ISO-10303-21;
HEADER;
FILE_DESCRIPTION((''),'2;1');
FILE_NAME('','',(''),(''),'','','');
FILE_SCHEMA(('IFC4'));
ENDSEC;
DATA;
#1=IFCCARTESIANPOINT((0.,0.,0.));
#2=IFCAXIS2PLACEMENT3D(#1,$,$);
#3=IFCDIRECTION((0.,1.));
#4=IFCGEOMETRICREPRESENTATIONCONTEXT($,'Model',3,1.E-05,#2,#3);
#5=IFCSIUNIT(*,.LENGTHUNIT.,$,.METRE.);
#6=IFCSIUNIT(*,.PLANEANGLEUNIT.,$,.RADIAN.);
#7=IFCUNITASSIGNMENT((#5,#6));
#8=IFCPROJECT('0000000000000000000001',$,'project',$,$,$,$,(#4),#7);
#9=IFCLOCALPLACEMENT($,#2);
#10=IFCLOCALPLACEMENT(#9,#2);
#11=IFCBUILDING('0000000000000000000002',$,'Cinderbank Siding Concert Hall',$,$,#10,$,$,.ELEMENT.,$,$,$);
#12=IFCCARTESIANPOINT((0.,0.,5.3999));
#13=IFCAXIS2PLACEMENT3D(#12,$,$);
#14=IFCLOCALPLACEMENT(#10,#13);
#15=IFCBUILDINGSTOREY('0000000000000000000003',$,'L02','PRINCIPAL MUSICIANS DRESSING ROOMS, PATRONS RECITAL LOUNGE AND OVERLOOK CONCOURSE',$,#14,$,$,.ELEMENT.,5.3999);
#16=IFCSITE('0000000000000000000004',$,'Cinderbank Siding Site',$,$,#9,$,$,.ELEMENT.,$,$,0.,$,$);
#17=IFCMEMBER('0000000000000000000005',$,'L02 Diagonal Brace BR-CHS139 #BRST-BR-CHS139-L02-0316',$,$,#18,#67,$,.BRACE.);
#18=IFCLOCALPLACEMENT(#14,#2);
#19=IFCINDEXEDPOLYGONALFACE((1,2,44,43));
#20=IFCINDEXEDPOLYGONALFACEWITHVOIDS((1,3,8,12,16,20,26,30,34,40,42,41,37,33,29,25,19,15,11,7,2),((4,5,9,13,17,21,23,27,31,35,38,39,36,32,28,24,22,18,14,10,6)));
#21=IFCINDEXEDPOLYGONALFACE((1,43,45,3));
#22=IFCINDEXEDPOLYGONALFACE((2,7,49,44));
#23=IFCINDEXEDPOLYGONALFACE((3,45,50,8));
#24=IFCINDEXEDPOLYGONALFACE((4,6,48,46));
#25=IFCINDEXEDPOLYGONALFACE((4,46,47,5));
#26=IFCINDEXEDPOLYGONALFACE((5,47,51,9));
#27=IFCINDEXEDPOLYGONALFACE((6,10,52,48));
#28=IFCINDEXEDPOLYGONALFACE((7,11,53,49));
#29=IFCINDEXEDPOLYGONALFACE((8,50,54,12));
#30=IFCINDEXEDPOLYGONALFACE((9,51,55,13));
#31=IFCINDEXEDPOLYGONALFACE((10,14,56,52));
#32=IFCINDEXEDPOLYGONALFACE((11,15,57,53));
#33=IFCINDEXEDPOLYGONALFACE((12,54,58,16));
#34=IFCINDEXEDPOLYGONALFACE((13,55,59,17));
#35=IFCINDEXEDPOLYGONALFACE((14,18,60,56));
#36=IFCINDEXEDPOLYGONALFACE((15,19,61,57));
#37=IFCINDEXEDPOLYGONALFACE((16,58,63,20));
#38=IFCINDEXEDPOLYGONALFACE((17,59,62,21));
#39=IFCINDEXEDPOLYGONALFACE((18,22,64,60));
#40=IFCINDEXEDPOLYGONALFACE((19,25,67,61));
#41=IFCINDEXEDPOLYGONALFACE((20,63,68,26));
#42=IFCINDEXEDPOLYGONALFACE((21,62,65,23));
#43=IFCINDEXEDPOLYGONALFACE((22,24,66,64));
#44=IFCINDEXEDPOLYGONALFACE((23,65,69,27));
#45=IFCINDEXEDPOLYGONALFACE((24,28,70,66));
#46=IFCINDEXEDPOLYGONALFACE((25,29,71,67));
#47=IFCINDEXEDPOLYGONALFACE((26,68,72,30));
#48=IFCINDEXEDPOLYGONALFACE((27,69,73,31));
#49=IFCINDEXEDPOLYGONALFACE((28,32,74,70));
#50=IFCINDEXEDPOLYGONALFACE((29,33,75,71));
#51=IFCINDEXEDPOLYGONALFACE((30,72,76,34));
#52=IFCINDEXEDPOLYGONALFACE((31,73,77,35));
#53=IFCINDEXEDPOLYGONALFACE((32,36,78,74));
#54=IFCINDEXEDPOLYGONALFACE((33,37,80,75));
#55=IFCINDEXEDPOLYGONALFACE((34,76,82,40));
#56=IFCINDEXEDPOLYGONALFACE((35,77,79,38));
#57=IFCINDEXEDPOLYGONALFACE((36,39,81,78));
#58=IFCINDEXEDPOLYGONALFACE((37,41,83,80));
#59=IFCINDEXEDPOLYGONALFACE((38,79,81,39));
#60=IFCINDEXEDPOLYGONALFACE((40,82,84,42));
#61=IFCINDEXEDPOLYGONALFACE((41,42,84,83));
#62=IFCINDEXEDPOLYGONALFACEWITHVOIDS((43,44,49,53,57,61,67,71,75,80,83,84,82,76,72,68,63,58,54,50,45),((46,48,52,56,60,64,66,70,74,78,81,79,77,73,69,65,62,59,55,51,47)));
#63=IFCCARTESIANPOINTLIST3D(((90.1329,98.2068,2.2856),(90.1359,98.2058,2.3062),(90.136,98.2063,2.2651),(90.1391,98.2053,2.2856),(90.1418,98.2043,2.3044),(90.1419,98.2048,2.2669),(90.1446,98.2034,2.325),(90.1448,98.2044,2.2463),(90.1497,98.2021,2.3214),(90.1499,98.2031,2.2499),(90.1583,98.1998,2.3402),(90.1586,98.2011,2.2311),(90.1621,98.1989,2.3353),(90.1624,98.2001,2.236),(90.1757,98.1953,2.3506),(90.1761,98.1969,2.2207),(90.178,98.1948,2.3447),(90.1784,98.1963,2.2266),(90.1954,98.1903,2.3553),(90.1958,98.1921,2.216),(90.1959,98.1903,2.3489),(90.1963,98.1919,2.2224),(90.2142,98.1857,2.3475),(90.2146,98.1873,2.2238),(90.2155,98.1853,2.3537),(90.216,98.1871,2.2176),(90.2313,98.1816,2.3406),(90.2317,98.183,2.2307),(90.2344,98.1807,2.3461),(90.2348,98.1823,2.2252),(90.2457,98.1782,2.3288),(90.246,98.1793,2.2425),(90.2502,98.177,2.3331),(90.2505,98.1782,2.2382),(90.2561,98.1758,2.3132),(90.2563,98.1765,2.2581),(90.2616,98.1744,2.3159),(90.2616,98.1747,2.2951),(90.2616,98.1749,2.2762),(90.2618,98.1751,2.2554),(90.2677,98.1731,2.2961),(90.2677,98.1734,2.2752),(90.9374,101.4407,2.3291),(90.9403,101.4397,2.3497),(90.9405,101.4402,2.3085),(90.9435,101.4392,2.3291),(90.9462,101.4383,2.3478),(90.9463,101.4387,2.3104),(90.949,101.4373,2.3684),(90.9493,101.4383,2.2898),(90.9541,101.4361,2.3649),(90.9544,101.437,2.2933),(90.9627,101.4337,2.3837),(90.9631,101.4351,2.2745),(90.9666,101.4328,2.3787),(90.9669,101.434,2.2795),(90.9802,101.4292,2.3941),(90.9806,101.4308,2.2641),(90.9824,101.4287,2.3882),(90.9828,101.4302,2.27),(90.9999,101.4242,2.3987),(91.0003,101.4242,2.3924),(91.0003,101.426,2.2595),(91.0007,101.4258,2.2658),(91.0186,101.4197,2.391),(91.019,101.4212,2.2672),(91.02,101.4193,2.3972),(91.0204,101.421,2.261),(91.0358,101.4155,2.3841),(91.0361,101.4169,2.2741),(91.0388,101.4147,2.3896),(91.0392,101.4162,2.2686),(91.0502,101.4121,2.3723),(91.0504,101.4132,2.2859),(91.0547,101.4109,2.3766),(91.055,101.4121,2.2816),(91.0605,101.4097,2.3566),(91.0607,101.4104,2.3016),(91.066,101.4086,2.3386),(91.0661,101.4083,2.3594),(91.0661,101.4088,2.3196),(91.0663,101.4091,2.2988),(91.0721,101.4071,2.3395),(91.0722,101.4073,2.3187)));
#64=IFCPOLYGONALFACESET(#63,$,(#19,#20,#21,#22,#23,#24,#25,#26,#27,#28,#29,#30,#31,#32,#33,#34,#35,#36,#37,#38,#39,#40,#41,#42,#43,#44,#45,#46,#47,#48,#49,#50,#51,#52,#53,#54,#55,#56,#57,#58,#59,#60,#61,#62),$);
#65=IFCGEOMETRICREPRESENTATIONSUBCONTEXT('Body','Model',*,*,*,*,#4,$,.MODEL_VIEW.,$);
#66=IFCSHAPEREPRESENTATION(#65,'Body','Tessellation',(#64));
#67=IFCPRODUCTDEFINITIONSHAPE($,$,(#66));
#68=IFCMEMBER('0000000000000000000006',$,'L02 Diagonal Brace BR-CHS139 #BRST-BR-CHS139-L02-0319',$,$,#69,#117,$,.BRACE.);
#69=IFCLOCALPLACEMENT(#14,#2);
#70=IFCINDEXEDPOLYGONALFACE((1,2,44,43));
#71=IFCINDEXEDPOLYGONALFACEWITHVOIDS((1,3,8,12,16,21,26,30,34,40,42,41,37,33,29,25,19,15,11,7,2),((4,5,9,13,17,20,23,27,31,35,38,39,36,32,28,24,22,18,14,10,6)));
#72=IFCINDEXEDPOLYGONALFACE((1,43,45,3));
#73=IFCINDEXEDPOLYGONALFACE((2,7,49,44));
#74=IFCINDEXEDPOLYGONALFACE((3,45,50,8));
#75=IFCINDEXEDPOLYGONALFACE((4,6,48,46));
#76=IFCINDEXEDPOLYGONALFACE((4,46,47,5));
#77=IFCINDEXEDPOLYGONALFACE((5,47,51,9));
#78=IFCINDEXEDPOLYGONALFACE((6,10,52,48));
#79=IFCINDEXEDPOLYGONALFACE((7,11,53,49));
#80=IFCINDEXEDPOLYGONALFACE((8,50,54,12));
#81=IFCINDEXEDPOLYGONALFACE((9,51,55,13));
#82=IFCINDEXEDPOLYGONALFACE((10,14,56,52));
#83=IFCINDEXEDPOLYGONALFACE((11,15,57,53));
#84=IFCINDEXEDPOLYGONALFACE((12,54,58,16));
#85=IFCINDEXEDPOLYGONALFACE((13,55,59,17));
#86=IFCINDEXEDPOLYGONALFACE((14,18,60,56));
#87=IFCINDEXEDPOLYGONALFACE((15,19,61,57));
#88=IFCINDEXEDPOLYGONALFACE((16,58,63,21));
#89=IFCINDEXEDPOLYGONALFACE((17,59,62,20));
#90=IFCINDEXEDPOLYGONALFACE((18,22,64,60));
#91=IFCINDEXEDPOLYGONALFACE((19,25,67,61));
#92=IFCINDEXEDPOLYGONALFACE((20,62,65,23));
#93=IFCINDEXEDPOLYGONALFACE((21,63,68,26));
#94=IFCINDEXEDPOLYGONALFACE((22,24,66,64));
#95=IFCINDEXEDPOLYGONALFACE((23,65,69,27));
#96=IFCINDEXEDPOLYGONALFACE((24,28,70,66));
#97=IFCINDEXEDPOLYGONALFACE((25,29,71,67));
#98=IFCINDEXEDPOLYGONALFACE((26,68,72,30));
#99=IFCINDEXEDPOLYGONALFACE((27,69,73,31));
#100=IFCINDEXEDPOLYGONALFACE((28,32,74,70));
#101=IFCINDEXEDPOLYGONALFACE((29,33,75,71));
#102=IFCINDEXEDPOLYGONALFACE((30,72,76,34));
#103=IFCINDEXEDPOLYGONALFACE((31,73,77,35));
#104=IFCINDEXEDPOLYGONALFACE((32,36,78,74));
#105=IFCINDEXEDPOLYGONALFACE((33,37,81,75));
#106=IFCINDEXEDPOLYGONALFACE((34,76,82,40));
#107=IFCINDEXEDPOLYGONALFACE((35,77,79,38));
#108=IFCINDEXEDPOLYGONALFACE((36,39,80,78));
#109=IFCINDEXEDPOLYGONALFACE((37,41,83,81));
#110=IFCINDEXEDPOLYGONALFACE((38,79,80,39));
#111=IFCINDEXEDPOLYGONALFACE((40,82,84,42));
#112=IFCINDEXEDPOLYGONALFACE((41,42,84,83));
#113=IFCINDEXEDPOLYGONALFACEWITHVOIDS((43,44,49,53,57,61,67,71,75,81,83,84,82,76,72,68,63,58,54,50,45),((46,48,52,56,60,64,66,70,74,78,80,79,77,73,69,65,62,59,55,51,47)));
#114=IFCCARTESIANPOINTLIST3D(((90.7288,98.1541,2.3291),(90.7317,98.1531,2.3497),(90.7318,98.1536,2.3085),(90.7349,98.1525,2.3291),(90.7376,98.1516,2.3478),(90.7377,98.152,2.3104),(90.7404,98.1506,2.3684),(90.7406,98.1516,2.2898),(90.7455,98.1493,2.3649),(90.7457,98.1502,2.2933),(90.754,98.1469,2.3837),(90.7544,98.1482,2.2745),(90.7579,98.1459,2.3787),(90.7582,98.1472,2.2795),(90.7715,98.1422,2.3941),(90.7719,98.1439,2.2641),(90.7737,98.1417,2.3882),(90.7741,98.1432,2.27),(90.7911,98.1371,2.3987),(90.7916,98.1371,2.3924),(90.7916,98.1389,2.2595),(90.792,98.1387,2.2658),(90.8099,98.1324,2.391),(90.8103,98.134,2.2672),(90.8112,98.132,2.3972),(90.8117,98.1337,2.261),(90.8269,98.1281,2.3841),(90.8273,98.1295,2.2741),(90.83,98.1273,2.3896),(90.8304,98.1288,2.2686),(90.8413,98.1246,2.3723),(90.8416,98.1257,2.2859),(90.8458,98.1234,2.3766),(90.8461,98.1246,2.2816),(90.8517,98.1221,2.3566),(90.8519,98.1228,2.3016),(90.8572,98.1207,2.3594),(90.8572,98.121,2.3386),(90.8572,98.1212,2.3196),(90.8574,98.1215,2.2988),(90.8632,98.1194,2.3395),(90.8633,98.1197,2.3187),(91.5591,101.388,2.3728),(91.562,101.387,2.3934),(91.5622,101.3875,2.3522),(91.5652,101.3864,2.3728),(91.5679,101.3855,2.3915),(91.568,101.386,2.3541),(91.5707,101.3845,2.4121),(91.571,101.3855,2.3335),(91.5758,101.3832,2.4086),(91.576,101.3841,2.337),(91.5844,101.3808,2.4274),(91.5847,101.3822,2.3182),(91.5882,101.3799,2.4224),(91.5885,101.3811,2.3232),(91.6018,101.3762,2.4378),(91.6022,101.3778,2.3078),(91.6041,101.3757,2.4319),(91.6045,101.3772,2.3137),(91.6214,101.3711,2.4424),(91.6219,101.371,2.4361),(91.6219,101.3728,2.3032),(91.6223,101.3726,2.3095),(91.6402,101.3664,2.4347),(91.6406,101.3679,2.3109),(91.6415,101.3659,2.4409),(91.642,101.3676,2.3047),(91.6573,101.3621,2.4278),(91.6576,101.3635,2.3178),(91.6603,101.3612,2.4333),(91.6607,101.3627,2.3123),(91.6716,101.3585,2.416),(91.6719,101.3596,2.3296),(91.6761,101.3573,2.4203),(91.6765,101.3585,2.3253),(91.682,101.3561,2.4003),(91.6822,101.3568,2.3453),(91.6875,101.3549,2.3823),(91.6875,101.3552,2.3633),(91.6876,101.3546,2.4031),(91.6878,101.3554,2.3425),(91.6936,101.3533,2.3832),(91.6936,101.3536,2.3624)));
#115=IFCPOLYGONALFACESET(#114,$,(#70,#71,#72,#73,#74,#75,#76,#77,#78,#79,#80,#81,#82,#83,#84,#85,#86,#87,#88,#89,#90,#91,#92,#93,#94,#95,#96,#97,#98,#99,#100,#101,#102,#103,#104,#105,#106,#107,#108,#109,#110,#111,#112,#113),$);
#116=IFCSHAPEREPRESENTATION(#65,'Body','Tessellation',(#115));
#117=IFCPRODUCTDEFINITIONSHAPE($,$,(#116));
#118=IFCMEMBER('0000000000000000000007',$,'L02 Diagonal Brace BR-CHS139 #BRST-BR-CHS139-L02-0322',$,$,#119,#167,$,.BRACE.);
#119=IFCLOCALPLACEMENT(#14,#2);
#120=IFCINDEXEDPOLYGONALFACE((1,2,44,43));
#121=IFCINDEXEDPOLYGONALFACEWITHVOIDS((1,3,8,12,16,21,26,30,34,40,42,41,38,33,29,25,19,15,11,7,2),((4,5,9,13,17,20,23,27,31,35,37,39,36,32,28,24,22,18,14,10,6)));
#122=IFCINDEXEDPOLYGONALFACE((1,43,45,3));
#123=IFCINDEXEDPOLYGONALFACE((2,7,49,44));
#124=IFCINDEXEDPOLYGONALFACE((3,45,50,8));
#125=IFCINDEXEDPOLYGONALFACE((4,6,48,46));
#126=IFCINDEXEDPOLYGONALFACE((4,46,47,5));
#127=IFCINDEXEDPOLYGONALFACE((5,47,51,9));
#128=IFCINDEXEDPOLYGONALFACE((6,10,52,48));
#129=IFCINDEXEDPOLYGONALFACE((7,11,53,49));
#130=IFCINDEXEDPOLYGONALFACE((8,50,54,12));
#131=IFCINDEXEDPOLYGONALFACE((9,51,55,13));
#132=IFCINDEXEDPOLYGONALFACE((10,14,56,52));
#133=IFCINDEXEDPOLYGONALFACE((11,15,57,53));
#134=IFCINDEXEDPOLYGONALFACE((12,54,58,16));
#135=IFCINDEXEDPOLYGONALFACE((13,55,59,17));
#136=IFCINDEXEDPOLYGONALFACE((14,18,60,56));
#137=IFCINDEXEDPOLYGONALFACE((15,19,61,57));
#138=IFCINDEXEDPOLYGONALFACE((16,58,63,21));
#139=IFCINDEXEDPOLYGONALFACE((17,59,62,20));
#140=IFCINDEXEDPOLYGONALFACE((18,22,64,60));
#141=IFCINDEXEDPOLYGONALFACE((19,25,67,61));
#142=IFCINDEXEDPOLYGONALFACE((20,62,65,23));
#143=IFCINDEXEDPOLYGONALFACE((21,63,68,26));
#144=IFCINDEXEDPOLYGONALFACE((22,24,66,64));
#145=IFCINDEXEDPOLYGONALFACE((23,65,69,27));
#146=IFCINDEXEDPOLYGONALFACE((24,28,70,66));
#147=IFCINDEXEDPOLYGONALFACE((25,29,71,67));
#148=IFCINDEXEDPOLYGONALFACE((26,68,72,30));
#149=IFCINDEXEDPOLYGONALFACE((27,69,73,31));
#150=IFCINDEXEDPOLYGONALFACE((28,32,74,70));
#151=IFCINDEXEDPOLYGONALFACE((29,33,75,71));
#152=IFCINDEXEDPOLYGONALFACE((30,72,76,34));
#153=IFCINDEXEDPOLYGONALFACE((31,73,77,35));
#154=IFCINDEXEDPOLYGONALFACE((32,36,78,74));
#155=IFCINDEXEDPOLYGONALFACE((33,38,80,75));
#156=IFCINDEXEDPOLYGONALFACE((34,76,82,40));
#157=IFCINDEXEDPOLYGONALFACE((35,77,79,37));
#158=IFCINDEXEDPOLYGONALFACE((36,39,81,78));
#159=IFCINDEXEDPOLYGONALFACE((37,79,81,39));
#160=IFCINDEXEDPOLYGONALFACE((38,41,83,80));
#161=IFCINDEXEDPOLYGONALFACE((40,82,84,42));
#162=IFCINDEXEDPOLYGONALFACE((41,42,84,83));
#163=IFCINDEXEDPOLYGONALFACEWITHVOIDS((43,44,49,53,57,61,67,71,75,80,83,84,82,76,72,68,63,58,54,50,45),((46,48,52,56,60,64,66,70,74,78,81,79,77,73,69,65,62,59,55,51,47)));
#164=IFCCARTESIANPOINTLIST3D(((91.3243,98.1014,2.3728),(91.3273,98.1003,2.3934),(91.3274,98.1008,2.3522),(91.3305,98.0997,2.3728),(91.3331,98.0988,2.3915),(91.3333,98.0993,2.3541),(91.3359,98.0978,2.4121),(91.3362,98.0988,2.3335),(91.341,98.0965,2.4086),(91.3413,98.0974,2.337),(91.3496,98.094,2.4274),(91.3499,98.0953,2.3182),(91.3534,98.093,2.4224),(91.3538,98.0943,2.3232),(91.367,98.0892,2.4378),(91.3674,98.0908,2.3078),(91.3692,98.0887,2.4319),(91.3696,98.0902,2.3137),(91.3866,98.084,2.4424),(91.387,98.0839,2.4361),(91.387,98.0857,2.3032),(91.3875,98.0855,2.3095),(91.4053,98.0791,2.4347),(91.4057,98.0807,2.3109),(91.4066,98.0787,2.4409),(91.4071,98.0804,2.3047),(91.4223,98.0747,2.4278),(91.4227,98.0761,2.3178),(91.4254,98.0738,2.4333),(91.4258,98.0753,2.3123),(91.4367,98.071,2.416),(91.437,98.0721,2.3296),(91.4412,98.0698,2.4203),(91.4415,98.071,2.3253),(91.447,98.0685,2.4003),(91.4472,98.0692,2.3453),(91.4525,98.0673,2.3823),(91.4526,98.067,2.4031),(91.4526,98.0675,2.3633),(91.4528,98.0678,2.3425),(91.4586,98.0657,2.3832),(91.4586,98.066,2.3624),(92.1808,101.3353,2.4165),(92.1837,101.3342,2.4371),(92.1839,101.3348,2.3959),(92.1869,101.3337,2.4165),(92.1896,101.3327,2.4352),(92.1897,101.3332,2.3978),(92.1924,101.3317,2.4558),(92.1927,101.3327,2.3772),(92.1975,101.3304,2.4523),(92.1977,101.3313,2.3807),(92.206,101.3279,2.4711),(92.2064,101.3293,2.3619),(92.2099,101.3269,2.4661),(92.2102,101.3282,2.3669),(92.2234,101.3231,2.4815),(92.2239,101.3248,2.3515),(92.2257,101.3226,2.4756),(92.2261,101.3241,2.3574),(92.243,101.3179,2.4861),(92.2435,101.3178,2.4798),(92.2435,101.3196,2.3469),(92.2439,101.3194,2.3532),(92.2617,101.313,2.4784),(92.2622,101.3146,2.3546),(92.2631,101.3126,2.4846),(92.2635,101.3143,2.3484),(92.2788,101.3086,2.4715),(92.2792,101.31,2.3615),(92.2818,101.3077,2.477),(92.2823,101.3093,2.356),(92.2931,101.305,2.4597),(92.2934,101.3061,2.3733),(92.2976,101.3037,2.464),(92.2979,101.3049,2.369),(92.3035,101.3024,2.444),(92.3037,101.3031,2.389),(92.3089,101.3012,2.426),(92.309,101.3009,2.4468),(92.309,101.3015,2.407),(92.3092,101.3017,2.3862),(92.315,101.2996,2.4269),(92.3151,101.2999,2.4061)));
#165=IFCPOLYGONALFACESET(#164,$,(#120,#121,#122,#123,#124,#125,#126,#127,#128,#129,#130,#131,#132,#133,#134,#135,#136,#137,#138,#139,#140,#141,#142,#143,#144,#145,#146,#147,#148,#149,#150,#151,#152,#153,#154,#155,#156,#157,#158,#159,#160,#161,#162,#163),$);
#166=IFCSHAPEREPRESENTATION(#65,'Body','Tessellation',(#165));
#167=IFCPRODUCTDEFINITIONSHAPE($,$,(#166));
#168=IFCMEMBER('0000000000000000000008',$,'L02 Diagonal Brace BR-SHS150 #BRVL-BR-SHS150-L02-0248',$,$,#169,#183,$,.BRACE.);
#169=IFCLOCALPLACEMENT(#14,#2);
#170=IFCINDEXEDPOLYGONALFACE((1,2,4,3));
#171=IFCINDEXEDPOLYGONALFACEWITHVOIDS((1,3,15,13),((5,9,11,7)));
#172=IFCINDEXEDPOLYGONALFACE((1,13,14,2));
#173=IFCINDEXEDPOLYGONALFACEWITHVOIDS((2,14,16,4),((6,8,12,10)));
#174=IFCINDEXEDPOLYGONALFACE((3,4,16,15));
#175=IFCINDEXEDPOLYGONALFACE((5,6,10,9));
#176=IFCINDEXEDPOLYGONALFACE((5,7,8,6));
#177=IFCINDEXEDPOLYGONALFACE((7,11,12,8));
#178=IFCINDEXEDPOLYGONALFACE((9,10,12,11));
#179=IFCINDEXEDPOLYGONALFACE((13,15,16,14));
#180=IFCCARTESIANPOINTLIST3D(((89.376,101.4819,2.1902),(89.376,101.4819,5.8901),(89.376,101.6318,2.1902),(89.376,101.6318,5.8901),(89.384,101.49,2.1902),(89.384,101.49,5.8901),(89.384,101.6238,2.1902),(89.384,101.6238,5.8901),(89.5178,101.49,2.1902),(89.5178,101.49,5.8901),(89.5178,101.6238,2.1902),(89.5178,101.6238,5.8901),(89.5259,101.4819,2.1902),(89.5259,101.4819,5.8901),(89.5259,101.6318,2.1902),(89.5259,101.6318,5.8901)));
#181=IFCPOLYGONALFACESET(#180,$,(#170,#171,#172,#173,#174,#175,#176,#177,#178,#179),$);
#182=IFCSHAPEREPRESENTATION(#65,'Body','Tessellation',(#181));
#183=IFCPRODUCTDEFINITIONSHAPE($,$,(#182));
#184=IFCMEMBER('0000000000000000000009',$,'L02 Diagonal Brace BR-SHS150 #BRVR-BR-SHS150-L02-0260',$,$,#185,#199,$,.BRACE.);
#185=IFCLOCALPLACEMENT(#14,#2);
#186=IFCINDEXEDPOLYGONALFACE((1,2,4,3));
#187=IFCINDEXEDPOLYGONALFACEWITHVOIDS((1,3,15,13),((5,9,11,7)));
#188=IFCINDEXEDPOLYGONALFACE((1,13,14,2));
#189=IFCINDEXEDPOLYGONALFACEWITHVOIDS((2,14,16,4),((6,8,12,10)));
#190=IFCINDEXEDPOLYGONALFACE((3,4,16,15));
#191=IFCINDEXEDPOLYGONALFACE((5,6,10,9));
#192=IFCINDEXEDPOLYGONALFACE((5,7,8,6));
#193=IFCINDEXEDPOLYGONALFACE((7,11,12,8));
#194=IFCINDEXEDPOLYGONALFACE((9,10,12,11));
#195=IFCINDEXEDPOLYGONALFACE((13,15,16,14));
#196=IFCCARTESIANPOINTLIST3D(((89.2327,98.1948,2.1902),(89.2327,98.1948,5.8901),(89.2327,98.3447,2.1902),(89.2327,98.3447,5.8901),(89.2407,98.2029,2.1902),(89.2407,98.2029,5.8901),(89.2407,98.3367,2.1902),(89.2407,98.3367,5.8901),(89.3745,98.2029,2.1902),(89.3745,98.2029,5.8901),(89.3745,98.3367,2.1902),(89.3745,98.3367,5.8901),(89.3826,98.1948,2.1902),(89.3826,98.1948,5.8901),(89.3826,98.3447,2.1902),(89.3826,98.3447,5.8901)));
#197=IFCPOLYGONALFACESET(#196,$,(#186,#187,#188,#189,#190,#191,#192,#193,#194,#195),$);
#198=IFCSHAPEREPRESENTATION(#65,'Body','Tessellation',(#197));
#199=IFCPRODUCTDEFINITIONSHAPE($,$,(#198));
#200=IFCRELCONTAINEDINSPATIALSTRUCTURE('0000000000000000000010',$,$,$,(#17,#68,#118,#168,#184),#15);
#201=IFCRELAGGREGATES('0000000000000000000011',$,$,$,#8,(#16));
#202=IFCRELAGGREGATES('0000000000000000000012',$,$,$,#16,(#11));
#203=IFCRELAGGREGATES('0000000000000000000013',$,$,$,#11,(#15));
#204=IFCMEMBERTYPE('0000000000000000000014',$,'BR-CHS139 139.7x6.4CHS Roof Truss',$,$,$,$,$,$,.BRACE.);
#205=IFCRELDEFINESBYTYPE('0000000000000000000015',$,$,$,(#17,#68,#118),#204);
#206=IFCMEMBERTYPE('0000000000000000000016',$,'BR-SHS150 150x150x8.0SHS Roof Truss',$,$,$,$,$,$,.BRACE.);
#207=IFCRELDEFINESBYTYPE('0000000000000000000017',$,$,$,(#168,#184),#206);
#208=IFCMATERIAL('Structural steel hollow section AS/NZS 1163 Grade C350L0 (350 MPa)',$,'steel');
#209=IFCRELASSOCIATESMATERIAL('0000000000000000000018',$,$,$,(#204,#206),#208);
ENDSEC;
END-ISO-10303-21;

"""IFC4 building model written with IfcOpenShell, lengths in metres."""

from ifc_helpers import new_model, si_unit, direction, frame, origin, origin_2d, place, context, subcontext, project, spatial, hollow_rectangle, hollow_circle, extrude, material, material_profile, profile_set, type_object, element, save


model = new_model("IFC4")

# Units and contexts
model_context = context("Model", 3, precision=1e-05, world=origin(), true_north=direction((0.0, 1.0)))
body_context = subcontext(model_context, "Body", "Model", "MODEL_VIEW")
ifc_project = project(units=[si_unit("LENGTHUNIT", "METRE"), si_unit("PLANEANGLEUNIT", "RADIAN")], contexts=[model_context])

# Site, building, storey
site_placement = place(None, origin())
site = spatial("IfcSite", under=ifc_project, at=site_placement, Name="Cinderbank Siding Site", CompositionType="ELEMENT", RefElevation=0.0)
building_placement = place(site_placement, origin())
building = spatial("IfcBuilding", under=site, at=building_placement, Name="Cinderbank Siding Concert Hall", CompositionType="ELEMENT")
storey_placement = place(building_placement, frame((0.0, 0.0, 5.3999)))
storey = spatial("IfcBuildingStorey", under=building, at=storey_placement, Name="L02", Description="PRINCIPAL MUSICIANS DRESSING ROOMS, PATRONS RECITAL LOUNGE AND OVERLOOK CONCOURSE", CompositionType="ELEMENT", Elevation=5.3999)

# Members
ifc_material_1 = material(Name="Structural steel hollow section AS/NZS 1163 Grade C350L0 (350 MPa)", Category="steel")
ifc_material_profile_1 = material_profile(ifc_material_1, hollow_circle(Radius=0.0698, WallThickness=0.0063, at=origin_2d()), Name="139.7x6.4CHS", Category="LoadBearing")
ifc_profile_set_1 = profile_set([ifc_material_profile_1], Name="Structural steel hollow section AS/NZS 1163 Grade C350L0 (350 MPa)")
member_type_1 = type_object("IfcMemberType", Name="BR-CHS139 139.7x6.4CHS Roof Truss", PredefinedType="BRACE", material=ifc_profile_set_1)
member_1_placement = place(storey_placement, frame((90.2007, 98.1899, 2.2856), z_axis=(0.241377, 0.970344, 0.013039), x_axis=(-0.970426, 0.241398, 0.0)))
element("IfcMember", 1, at=member_1_placement, inside=storey, type_object=member_type_1, Name="L02 Diagonal Brace BR-CHS139 #BRST-BR-CHS139-L02-0316", PredefinedType="BRACE", context=body_context, shape_type="SweptSolid", body=[
    extrude(hollow_circle(Radius=0.0698, WallThickness=0.0063, at=origin_2d()), origin(), (0.0, 0.0, 1.0), 3.3328),
])
member_2_placement = place(storey_placement, frame((90.7964, 98.1367, 2.3291), z_axis=(0.248669, 0.9685, 0.013088), x_axis=(-0.968583, 0.24869, 0.0)))
element("IfcMember", 2, at=member_2_placement, inside=storey, type_object=member_type_1, Name="L02 Diagonal Brace BR-CHS139 #BRST-BR-CHS139-L02-0319", PredefinedType="BRACE", context=body_context, shape_type="SweptSolid", body=[
    extrude(hollow_circle(Radius=0.0698, WallThickness=0.0063, at=origin_2d()), origin(), (0.0, 0.0, 1.0), 3.3391),
])
member_3_placement = place(storey_placement, frame((91.3918, 98.0835, 2.3728), z_axis=(0.255987, 0.966592, 0.013062), x_axis=(-0.966674, 0.256009, 0.0)))
element("IfcMember", 3, at=member_3_placement, inside=storey, type_object=member_type_1, Name="L02 Diagonal Brace BR-CHS139 #BRST-BR-CHS139-L02-0322", PredefinedType="BRACE", context=body_context, shape_type="SweptSolid", body=[
    extrude(hollow_circle(Radius=0.0698, WallThickness=0.0063, at=origin_2d()), origin(), (0.0, 0.0, 1.0), 3.3457),
])
ifc_material_profile_2 = material_profile(ifc_material_1, hollow_rectangle(XDim=0.1499, YDim=0.1499, WallThickness=0.0081, at=origin_2d()), Name="150x150x8.0SHS", Category="LoadBearing")
ifc_profile_set_2 = profile_set([ifc_material_profile_2], Name="Structural steel hollow section AS/NZS 1163 Grade C350L0 (350 MPa)")
member_type_2 = type_object("IfcMemberType", Name="BR-SHS150 150x150x8.0SHS Roof Truss", PredefinedType="BRACE", material=ifc_profile_set_2)
for number, where, z_axis, x_axis, name in (
    (4, (89.4509, 101.5569, 2.1902), (0.0, 0.0, 1.0), (1.0, 0.0, 0.0), "L02 Diagonal Brace BR-SHS150 #BRVL-BR-SHS150-L02-0248"),
    (5, (89.3076, 98.2698, 2.1902), (0.0, 0.0, 1.0), (1.0, 0.0, 0.0), "L02 Diagonal Brace BR-SHS150 #BRVR-BR-SHS150-L02-0260"),
):
    element("IfcMember", number, at=place(storey_placement, frame(where, z_axis=z_axis, x_axis=x_axis)), inside=storey, type_object=member_type_2, Name=name, PredefinedType="BRACE", context=body_context, shape_type="SweptSolid", body=[
        extrude(hollow_rectangle(XDim=0.1499, YDim=0.1499, WallThickness=0.0081, at=origin_2d()), origin(), (0.0, 0.0, 1.0), 3.7),
    ])

save(model, "model.ifc")
